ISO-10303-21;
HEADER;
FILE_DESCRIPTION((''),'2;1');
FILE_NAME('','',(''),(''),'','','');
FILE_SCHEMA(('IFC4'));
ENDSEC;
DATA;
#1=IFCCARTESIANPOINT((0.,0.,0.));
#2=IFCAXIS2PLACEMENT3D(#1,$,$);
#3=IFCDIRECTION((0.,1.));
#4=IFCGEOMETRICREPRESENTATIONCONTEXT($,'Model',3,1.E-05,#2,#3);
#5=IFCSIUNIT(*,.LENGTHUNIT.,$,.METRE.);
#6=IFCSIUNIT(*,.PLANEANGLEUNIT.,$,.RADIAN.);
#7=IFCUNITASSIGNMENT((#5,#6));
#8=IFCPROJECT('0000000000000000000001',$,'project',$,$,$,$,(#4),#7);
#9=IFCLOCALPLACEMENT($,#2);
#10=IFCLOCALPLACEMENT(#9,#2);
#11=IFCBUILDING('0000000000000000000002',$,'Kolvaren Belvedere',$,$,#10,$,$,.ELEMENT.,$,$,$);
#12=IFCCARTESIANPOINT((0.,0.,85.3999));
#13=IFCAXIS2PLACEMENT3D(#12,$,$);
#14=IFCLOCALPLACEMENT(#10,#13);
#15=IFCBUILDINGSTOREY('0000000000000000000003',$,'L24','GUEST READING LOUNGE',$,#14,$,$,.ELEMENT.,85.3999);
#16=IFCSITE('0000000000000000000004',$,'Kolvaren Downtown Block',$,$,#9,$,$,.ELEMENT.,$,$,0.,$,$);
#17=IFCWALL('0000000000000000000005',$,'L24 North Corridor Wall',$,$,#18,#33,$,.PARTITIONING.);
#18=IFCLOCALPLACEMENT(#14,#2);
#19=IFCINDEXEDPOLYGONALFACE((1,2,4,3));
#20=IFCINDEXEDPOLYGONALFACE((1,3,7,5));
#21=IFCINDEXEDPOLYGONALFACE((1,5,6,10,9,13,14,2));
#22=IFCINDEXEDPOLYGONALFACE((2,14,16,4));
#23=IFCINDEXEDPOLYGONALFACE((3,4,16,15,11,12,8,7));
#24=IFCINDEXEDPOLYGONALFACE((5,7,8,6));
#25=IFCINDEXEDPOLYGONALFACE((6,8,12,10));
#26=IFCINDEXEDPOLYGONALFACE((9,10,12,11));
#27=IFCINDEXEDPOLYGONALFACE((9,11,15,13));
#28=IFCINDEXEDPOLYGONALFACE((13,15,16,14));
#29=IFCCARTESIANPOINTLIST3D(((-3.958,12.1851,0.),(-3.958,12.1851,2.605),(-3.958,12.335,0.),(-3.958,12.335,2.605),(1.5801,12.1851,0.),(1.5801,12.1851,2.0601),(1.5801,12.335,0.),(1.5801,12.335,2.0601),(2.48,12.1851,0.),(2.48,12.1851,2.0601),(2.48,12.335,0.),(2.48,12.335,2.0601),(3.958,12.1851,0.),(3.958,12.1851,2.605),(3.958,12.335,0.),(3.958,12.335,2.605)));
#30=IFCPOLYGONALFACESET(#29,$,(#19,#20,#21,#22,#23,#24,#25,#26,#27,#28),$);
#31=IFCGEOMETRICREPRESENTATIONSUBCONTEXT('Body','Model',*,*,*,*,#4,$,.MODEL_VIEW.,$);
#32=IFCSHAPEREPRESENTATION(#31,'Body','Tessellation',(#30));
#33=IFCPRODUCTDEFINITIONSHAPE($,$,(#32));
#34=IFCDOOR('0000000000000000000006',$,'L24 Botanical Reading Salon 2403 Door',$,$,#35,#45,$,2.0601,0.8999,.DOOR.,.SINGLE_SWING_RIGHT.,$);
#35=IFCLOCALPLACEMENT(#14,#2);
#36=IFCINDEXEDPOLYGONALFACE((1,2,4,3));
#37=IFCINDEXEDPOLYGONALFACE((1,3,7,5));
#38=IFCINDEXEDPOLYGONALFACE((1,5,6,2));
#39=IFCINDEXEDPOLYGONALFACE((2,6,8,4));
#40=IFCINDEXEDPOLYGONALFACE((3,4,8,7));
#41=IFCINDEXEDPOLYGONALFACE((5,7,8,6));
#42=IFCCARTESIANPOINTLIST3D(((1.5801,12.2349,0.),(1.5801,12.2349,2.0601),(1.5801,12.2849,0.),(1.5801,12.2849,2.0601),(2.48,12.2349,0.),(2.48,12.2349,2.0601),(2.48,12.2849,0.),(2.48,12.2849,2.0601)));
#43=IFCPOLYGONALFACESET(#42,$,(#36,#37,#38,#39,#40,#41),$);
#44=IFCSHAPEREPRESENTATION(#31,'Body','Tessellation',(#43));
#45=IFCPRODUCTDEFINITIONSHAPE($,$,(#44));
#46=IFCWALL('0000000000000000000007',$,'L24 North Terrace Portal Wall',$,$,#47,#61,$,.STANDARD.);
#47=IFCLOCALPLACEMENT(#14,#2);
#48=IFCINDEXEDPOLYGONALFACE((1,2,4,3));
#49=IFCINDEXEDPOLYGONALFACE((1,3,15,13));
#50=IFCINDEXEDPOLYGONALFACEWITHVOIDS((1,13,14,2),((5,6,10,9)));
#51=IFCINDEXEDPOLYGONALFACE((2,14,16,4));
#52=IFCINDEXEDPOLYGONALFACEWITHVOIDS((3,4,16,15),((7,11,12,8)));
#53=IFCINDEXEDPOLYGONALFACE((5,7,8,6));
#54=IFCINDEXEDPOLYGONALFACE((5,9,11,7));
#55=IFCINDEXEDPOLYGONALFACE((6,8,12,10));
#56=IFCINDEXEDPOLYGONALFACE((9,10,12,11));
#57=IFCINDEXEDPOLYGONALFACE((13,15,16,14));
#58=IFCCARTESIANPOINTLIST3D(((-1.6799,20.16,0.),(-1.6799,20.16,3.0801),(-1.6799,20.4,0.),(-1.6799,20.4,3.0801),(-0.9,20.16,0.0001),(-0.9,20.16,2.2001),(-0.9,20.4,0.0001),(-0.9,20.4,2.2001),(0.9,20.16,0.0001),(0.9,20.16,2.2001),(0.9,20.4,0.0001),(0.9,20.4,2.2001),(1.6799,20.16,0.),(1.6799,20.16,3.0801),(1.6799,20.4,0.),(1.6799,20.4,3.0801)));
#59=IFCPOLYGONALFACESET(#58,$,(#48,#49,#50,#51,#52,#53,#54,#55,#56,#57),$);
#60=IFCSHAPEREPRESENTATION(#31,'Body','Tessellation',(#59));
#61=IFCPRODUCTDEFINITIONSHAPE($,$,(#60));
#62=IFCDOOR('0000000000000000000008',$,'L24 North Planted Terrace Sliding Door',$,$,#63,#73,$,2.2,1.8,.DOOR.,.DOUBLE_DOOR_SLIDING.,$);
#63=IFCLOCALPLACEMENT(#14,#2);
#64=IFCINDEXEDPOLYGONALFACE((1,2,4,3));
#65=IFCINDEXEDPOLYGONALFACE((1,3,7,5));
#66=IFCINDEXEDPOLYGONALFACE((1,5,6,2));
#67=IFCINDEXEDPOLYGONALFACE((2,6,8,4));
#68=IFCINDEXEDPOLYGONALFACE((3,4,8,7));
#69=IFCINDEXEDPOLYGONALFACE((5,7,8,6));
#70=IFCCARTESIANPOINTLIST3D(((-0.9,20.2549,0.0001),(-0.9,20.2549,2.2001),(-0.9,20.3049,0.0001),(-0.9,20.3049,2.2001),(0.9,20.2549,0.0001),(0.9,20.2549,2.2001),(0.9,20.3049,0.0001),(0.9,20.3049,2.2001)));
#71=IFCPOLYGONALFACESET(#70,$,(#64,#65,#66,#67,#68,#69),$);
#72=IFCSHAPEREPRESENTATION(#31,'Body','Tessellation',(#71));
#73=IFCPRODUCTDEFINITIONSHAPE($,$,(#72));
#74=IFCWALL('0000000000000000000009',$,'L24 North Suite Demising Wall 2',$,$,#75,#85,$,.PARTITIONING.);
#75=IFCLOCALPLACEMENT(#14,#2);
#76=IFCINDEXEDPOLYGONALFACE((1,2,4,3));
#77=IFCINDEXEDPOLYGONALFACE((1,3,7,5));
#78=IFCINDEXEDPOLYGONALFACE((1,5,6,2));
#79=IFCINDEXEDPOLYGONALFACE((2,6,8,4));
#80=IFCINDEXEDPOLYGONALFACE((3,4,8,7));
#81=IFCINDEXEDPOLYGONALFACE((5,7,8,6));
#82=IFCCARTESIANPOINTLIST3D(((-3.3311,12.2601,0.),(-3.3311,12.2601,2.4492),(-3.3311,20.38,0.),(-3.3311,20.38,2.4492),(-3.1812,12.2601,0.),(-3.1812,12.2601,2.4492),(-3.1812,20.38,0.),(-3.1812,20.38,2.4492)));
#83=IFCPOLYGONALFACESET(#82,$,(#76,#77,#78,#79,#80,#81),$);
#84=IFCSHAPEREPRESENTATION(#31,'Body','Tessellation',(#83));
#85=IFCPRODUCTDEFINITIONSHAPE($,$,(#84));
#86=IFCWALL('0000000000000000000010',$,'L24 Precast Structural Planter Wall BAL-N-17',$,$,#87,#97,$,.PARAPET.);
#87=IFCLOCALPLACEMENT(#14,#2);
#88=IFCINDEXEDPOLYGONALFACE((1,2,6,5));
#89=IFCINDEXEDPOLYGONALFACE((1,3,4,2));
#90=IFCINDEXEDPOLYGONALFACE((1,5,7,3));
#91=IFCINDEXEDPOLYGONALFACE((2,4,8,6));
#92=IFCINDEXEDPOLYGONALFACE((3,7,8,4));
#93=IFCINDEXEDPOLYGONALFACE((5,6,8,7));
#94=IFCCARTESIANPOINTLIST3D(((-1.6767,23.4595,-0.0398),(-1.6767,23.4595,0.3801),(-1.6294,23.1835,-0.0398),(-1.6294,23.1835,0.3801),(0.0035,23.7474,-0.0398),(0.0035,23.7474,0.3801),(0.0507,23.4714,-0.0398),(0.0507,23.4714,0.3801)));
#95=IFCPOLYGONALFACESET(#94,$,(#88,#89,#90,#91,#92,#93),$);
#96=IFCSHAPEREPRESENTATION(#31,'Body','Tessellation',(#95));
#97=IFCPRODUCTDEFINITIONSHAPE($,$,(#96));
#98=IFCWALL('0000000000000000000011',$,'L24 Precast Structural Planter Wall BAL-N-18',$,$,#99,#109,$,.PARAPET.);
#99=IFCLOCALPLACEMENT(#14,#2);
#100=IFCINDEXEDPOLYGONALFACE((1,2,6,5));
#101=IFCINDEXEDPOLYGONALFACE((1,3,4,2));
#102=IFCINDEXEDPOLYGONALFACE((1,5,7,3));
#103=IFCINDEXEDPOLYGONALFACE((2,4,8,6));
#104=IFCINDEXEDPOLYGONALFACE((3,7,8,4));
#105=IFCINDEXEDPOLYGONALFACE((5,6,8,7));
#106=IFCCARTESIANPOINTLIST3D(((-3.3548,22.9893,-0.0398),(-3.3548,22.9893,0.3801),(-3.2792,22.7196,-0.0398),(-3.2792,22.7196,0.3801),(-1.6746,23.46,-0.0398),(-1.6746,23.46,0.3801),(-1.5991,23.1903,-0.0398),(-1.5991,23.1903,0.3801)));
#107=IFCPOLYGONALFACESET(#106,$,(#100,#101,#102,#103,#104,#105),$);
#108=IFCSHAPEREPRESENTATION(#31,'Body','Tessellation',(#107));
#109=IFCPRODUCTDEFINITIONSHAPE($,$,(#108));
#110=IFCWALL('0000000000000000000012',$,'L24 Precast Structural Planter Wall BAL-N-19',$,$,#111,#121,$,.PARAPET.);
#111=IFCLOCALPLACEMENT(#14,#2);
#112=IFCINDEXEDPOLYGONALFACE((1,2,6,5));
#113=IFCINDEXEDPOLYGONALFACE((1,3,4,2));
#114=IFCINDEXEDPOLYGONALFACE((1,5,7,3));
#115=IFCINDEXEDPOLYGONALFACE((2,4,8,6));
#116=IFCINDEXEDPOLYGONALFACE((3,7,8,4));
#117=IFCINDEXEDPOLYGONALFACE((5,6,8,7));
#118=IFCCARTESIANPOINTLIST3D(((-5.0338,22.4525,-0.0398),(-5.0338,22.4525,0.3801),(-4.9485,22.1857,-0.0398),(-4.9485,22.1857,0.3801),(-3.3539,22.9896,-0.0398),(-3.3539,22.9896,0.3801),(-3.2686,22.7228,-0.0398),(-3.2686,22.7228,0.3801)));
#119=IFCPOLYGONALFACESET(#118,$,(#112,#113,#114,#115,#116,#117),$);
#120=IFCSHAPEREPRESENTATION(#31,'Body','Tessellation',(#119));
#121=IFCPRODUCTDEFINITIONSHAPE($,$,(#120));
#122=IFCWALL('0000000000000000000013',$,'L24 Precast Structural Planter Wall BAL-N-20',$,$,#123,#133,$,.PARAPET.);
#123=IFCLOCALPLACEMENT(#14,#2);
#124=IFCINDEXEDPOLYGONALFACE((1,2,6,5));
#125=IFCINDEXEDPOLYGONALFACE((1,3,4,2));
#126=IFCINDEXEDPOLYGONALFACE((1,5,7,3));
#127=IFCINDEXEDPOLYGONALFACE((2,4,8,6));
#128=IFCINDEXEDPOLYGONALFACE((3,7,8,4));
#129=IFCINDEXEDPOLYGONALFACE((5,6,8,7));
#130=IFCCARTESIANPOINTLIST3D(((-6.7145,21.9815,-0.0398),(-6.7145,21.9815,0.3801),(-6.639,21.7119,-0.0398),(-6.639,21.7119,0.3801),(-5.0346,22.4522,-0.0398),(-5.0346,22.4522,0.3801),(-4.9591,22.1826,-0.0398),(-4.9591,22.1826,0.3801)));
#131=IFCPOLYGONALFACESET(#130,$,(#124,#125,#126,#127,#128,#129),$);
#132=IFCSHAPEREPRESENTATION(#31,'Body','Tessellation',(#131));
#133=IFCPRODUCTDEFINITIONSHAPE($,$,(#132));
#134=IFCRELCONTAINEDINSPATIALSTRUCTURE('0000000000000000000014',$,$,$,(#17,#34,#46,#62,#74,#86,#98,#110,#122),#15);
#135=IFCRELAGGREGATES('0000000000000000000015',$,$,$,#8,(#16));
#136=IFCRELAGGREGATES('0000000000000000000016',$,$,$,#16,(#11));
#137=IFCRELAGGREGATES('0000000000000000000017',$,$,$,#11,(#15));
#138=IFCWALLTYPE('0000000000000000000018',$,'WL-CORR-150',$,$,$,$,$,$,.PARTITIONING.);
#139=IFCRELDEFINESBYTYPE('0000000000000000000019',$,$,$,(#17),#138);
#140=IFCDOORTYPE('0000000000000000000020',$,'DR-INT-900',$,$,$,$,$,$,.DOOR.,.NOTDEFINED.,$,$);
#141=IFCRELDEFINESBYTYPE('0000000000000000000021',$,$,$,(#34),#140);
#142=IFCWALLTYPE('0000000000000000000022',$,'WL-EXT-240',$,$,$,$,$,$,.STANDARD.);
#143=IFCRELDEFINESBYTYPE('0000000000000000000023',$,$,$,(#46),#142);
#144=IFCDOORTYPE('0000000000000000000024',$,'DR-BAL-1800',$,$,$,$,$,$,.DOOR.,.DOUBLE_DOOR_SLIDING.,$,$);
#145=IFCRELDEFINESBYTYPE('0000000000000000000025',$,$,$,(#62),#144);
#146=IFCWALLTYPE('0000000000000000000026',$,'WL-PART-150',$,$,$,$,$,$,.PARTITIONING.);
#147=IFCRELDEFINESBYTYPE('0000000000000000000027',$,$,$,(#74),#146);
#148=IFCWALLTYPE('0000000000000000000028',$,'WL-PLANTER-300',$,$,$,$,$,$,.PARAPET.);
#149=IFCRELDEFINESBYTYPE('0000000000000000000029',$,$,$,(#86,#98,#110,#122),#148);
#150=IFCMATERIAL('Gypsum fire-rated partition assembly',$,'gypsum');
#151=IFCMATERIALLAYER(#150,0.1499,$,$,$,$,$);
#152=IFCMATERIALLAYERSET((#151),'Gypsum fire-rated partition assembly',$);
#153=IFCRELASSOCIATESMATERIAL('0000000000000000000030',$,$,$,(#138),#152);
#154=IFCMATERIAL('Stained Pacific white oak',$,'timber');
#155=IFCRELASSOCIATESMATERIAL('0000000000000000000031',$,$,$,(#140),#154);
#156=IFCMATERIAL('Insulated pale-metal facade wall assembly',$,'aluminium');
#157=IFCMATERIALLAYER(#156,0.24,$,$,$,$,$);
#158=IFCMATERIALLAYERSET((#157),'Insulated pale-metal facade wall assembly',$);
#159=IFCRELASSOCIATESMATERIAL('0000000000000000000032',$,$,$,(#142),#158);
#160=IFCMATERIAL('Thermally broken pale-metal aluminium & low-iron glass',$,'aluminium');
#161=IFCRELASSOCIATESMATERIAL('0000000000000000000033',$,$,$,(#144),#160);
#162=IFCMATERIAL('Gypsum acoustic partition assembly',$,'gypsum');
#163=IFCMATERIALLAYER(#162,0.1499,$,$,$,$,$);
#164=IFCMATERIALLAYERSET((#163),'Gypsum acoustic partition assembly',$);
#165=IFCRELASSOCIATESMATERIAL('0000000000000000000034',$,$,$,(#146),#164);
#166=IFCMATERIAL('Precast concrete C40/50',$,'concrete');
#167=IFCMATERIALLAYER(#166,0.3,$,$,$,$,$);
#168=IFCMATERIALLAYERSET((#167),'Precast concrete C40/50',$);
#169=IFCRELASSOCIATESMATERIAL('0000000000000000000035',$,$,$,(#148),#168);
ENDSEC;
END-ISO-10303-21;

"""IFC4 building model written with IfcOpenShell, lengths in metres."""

from ifc_helpers import new_model, si_unit, direction, frame, frame_2d, origin, place, context, subcontext, project, spatial, rectangle, extrude, material, layer, layer_set, type_object, element, fill, save


model = new_model("IFC4")

# Units and contexts
model_context = context("Model", 3, precision=1e-05, world=origin(), true_north=direction((0.0, 1.0)))
body_context = subcontext(model_context, "Body", "Model", "MODEL_VIEW")
ifc_project = project(units=[si_unit("LENGTHUNIT", "METRE"), si_unit("PLANEANGLEUNIT", "RADIAN")], contexts=[model_context])

# Site, building, storey
site_placement = place(None, origin())
site = spatial("IfcSite", under=ifc_project, at=site_placement, Name="Kolvaren Downtown Block", CompositionType="ELEMENT", RefElevation=0.0)
building_placement = place(site_placement, origin())
building = spatial("IfcBuilding", under=site, at=building_placement, Name="Kolvaren Belvedere", CompositionType="ELEMENT")
storey_placement = place(building_placement, frame((0.0, 0.0, 85.3999)))
storey = spatial("IfcBuildingStorey", under=building, at=storey_placement, Name="L24", Description="GUEST READING LOUNGE", CompositionType="ELEMENT", Elevation=85.3999)

# Shared definitions
ifc_material_1 = material(Name="Gypsum fire-rated partition assembly", Category="gypsum")
ifc_layer_1 = layer(ifc_material_1, 0.1499)
ifc_layer_set_1 = layer_set([ifc_layer_1], Name="Gypsum fire-rated partition assembly")
wall_type_1 = type_object("IfcWallType", Name="WL-CORR-150", PredefinedType="PARTITIONING", material=ifc_layer_set_1)

# Walls, openings, doors
wall_1_placement = place(storey_placement, frame((-3.958, 12.26, 0.0), z_axis=(0.0, 0.0, 1.0), x_axis=(1.0, 0.0, 0.0)))
wall_1 = element("IfcWall", 1, at=wall_1_placement, inside=storey, type_object=wall_type_1, Name="L24 North Corridor Wall", PredefinedType="PARTITIONING", context=body_context, shape_type="SweptSolid", body=[
    extrude(rectangle(XDim=7.916, YDim=0.1499, at=frame_2d((3.958, 0.0))), origin(), (0.0, 0.0, 1.0), 2.605),
])
opening_1_placement = place(wall_1_placement, frame((5.5381, 0.0, 0.0)))
opening_1 = element("IfcOpeningElement", 2, at=opening_1_placement, cuts=wall_1, PredefinedType="OPENING", context=body_context, shape_type="SweptSolid", body=[
    extrude(rectangle(XDim=0.8999, YDim=2.0601, at=frame_2d((0.45, 1.03))), frame((0.0, 0.085, 0.0), z_axis=(0.0, -1.0, 0.0), x_axis=(1.0, 0.0, 0.0)), (0.0, 0.0, 1.0), 0.1699),
])
ifc_material_2 = material(Name="Stained Pacific white oak", Category="timber")
door_type_1 = type_object("IfcDoorType", Name="DR-INT-900", OperationType="NOTDEFINED", PredefinedType="DOOR", material=ifc_material_2)
door_1_placement = place(opening_1_placement, origin())
door_1 = element("IfcDoor", 3, at=door_1_placement, inside=storey, type_object=door_type_1, Name="L24 Botanical Reading Salon 2403 Door", OperationType="SINGLE_SWING_RIGHT", OverallHeight=2.0601, OverallWidth=0.8999, PredefinedType="DOOR", context=body_context, shape_type="SweptSolid", body=[
    extrude(rectangle(XDim=0.8999, YDim=2.0601, at=frame_2d((0.45, 1.03))), frame((0.0, 0.0249, 0.0), z_axis=(0.0, -1.0, 0.0), x_axis=(1.0, 0.0, 0.0)), (0.0, 0.0, 1.0), 0.05),
])
fill(opening_1, door_1)
ifc_material_3 = material(Name="Insulated pale-metal facade wall assembly", Category="aluminium")
ifc_layer_2 = layer(ifc_material_3, 0.24)
ifc_layer_set_2 = layer_set([ifc_layer_2], Name="Insulated pale-metal facade wall assembly")
wall_type_2 = type_object("IfcWallType", Name="WL-EXT-240", PredefinedType="STANDARD", material=ifc_layer_set_2)
wall_2_placement = place(storey_placement, frame((-1.6799, 20.28, 0.0), z_axis=(0.0, 0.0, 1.0), x_axis=(1.0, 0.0, 0.0)))
wall_2 = element("IfcWall", 4, at=wall_2_placement, inside=storey, type_object=wall_type_2, Name="L24 North Terrace Portal Wall", PredefinedType="STANDARD", context=body_context, shape_type="SweptSolid", body=[
    extrude(rectangle(XDim=3.3599, YDim=0.24, at=frame_2d((1.6799, 0.0))), origin(), (0.0, 0.0, 1.0), 3.0801),
])
opening_2_placement = place(wall_2_placement, frame((0.78, 0.0, 0.0)))
opening_2 = element("IfcOpeningElement", 5, at=opening_2_placement, cuts=wall_2, PredefinedType="OPENING", context=body_context, shape_type="SweptSolid", body=[
    extrude(rectangle(XDim=1.8, YDim=2.2, at=frame_2d((0.8999, 1.1001))), frame((0.0, 0.1299, 0.0), z_axis=(0.0, -1.0, 0.0), x_axis=(1.0, 0.0, 0.0)), (0.0, 0.0, 1.0), 0.26),
])
ifc_material_4 = material(Name="Thermally broken pale-metal aluminium & low-iron glass", Category="aluminium")
door_type_2 = type_object("IfcDoorType", Name="DR-BAL-1800", OperationType="DOUBLE_DOOR_SLIDING", PredefinedType="DOOR", material=ifc_material_4)
door_2_placement = place(opening_2_placement, origin())
door_2 = element("IfcDoor", 6, at=door_2_placement, inside=storey, type_object=door_type_2, Name="L24 North Planted Terrace Sliding Door", OperationType="DOUBLE_DOOR_SLIDING", OverallHeight=2.2, OverallWidth=1.8, PredefinedType="DOOR", context=body_context, shape_type="SweptSolid", body=[
    extrude(rectangle(XDim=1.8, YDim=2.2, at=frame_2d((0.8999, 1.1001))), frame((0.0, 0.0249, 0.0), z_axis=(0.0, -1.0, 0.0), x_axis=(1.0, 0.0, 0.0)), (0.0, 0.0, 1.0), 0.05),
])
fill(opening_2, door_2)

# Walls
ifc_material_5 = material(Name="Gypsum acoustic partition assembly", Category="gypsum")
ifc_layer_3 = layer(ifc_material_5, 0.1499)
ifc_layer_set_3 = layer_set([ifc_layer_3], Name="Gypsum acoustic partition assembly")
wall_type_3 = type_object("IfcWallType", Name="WL-PART-150", PredefinedType="PARTITIONING", material=ifc_layer_set_3)
wall_3_placement = place(storey_placement, frame((-3.2561, 12.26, 0.0), z_axis=(0.0, 0.0, 1.0), x_axis=(0.0, 1.0, 0.0)))
element("IfcWall", 7, at=wall_3_placement, inside=storey, type_object=wall_type_3, Name="L24 North Suite Demising Wall 2", PredefinedType="PARTITIONING", context=body_context, shape_type="SweptSolid", body=[
    extrude(rectangle(XDim=8.1199, YDim=0.1499, at=frame_2d((4.0601, 0.0))), origin(), (0.0, 0.0, 1.0), 2.4492),
])
ifc_material_6 = material(Name="Precast concrete C40/50", Category="concrete")
ifc_layer_4 = layer(ifc_material_6, 0.3)
ifc_layer_set_4 = layer_set([ifc_layer_4], Name="Precast concrete C40/50")
wall_type_4 = type_object("IfcWallType", Name="WL-PLANTER-300", PredefinedType="PARAPET", material=ifc_layer_set_4)
wall_4_placement = place(storey_placement, frame((0.0271, 23.6094, -0.0398), z_axis=(0.0, 0.0, 1.0), x_axis=(-0.985641, -0.168856, 0.0)))
element("IfcWall", 8, at=wall_4_placement, inside=storey, type_object=wall_type_4, Name="L24 Precast Structural Planter Wall BAL-N-17", PredefinedType="PARAPET", context=body_context, shape_type="SweptSolid", body=[
    extrude(rectangle(XDim=1.7046, YDim=0.28, at=frame_2d((0.8523, 0.0))), origin(), (0.0, 0.0, 1.0), 0.4199),
])
wall_5_placement = place(storey_placement, frame((-1.6367, 23.3252, -0.0398), z_axis=(0.0, 0.0, 1.0), x_axis=(-0.962926, -0.269765, 0.0)))
element("IfcWall", 9, at=wall_5_placement, inside=storey, type_object=wall_type_4, Name="L24 Precast Structural Planter Wall BAL-N-18", PredefinedType="PARAPET", context=body_context, shape_type="SweptSolid", body=[
    extrude(rectangle(XDim=1.7449, YDim=0.28, at=frame_2d((0.8726, 0.0))), origin(), (0.0, 0.0, 1.0), 0.4199),
])
wall_6_placement = place(storey_placement, frame((-3.3113, 22.8562, -0.0398), z_axis=(0.0, 0.0, 1.0), x_axis=(-0.952501, -0.304535, 0.0)))
element("IfcWall", 10, at=wall_6_placement, inside=storey, type_object=wall_type_4, Name="L24 Precast Structural Planter Wall BAL-N-19", PredefinedType="PARAPET", context=body_context, shape_type="SweptSolid", body=[
    extrude(rectangle(XDim=1.7637, YDim=0.28, at=frame_2d((0.8818, 0.0))), origin(), (0.0, 0.0, 1.0), 0.4199),
])
wall_7_placement = place(storey_placement, frame((-4.9968, 22.3174, -0.0398), z_axis=(0.0, 0.0, 1.0), x_axis=(-0.962916, -0.269801, 0.0)))
element("IfcWall", 11, at=wall_7_placement, inside=storey, type_object=wall_type_4, Name="L24 Precast Structural Planter Wall BAL-N-20", PredefinedType="PARAPET", context=body_context, shape_type="SweptSolid", body=[
    extrude(rectangle(XDim=1.7446, YDim=0.28, at=frame_2d((0.8723, 0.0))), origin(), (0.0, 0.0, 1.0), 0.4199),
])

save(model, "model.ifc")
